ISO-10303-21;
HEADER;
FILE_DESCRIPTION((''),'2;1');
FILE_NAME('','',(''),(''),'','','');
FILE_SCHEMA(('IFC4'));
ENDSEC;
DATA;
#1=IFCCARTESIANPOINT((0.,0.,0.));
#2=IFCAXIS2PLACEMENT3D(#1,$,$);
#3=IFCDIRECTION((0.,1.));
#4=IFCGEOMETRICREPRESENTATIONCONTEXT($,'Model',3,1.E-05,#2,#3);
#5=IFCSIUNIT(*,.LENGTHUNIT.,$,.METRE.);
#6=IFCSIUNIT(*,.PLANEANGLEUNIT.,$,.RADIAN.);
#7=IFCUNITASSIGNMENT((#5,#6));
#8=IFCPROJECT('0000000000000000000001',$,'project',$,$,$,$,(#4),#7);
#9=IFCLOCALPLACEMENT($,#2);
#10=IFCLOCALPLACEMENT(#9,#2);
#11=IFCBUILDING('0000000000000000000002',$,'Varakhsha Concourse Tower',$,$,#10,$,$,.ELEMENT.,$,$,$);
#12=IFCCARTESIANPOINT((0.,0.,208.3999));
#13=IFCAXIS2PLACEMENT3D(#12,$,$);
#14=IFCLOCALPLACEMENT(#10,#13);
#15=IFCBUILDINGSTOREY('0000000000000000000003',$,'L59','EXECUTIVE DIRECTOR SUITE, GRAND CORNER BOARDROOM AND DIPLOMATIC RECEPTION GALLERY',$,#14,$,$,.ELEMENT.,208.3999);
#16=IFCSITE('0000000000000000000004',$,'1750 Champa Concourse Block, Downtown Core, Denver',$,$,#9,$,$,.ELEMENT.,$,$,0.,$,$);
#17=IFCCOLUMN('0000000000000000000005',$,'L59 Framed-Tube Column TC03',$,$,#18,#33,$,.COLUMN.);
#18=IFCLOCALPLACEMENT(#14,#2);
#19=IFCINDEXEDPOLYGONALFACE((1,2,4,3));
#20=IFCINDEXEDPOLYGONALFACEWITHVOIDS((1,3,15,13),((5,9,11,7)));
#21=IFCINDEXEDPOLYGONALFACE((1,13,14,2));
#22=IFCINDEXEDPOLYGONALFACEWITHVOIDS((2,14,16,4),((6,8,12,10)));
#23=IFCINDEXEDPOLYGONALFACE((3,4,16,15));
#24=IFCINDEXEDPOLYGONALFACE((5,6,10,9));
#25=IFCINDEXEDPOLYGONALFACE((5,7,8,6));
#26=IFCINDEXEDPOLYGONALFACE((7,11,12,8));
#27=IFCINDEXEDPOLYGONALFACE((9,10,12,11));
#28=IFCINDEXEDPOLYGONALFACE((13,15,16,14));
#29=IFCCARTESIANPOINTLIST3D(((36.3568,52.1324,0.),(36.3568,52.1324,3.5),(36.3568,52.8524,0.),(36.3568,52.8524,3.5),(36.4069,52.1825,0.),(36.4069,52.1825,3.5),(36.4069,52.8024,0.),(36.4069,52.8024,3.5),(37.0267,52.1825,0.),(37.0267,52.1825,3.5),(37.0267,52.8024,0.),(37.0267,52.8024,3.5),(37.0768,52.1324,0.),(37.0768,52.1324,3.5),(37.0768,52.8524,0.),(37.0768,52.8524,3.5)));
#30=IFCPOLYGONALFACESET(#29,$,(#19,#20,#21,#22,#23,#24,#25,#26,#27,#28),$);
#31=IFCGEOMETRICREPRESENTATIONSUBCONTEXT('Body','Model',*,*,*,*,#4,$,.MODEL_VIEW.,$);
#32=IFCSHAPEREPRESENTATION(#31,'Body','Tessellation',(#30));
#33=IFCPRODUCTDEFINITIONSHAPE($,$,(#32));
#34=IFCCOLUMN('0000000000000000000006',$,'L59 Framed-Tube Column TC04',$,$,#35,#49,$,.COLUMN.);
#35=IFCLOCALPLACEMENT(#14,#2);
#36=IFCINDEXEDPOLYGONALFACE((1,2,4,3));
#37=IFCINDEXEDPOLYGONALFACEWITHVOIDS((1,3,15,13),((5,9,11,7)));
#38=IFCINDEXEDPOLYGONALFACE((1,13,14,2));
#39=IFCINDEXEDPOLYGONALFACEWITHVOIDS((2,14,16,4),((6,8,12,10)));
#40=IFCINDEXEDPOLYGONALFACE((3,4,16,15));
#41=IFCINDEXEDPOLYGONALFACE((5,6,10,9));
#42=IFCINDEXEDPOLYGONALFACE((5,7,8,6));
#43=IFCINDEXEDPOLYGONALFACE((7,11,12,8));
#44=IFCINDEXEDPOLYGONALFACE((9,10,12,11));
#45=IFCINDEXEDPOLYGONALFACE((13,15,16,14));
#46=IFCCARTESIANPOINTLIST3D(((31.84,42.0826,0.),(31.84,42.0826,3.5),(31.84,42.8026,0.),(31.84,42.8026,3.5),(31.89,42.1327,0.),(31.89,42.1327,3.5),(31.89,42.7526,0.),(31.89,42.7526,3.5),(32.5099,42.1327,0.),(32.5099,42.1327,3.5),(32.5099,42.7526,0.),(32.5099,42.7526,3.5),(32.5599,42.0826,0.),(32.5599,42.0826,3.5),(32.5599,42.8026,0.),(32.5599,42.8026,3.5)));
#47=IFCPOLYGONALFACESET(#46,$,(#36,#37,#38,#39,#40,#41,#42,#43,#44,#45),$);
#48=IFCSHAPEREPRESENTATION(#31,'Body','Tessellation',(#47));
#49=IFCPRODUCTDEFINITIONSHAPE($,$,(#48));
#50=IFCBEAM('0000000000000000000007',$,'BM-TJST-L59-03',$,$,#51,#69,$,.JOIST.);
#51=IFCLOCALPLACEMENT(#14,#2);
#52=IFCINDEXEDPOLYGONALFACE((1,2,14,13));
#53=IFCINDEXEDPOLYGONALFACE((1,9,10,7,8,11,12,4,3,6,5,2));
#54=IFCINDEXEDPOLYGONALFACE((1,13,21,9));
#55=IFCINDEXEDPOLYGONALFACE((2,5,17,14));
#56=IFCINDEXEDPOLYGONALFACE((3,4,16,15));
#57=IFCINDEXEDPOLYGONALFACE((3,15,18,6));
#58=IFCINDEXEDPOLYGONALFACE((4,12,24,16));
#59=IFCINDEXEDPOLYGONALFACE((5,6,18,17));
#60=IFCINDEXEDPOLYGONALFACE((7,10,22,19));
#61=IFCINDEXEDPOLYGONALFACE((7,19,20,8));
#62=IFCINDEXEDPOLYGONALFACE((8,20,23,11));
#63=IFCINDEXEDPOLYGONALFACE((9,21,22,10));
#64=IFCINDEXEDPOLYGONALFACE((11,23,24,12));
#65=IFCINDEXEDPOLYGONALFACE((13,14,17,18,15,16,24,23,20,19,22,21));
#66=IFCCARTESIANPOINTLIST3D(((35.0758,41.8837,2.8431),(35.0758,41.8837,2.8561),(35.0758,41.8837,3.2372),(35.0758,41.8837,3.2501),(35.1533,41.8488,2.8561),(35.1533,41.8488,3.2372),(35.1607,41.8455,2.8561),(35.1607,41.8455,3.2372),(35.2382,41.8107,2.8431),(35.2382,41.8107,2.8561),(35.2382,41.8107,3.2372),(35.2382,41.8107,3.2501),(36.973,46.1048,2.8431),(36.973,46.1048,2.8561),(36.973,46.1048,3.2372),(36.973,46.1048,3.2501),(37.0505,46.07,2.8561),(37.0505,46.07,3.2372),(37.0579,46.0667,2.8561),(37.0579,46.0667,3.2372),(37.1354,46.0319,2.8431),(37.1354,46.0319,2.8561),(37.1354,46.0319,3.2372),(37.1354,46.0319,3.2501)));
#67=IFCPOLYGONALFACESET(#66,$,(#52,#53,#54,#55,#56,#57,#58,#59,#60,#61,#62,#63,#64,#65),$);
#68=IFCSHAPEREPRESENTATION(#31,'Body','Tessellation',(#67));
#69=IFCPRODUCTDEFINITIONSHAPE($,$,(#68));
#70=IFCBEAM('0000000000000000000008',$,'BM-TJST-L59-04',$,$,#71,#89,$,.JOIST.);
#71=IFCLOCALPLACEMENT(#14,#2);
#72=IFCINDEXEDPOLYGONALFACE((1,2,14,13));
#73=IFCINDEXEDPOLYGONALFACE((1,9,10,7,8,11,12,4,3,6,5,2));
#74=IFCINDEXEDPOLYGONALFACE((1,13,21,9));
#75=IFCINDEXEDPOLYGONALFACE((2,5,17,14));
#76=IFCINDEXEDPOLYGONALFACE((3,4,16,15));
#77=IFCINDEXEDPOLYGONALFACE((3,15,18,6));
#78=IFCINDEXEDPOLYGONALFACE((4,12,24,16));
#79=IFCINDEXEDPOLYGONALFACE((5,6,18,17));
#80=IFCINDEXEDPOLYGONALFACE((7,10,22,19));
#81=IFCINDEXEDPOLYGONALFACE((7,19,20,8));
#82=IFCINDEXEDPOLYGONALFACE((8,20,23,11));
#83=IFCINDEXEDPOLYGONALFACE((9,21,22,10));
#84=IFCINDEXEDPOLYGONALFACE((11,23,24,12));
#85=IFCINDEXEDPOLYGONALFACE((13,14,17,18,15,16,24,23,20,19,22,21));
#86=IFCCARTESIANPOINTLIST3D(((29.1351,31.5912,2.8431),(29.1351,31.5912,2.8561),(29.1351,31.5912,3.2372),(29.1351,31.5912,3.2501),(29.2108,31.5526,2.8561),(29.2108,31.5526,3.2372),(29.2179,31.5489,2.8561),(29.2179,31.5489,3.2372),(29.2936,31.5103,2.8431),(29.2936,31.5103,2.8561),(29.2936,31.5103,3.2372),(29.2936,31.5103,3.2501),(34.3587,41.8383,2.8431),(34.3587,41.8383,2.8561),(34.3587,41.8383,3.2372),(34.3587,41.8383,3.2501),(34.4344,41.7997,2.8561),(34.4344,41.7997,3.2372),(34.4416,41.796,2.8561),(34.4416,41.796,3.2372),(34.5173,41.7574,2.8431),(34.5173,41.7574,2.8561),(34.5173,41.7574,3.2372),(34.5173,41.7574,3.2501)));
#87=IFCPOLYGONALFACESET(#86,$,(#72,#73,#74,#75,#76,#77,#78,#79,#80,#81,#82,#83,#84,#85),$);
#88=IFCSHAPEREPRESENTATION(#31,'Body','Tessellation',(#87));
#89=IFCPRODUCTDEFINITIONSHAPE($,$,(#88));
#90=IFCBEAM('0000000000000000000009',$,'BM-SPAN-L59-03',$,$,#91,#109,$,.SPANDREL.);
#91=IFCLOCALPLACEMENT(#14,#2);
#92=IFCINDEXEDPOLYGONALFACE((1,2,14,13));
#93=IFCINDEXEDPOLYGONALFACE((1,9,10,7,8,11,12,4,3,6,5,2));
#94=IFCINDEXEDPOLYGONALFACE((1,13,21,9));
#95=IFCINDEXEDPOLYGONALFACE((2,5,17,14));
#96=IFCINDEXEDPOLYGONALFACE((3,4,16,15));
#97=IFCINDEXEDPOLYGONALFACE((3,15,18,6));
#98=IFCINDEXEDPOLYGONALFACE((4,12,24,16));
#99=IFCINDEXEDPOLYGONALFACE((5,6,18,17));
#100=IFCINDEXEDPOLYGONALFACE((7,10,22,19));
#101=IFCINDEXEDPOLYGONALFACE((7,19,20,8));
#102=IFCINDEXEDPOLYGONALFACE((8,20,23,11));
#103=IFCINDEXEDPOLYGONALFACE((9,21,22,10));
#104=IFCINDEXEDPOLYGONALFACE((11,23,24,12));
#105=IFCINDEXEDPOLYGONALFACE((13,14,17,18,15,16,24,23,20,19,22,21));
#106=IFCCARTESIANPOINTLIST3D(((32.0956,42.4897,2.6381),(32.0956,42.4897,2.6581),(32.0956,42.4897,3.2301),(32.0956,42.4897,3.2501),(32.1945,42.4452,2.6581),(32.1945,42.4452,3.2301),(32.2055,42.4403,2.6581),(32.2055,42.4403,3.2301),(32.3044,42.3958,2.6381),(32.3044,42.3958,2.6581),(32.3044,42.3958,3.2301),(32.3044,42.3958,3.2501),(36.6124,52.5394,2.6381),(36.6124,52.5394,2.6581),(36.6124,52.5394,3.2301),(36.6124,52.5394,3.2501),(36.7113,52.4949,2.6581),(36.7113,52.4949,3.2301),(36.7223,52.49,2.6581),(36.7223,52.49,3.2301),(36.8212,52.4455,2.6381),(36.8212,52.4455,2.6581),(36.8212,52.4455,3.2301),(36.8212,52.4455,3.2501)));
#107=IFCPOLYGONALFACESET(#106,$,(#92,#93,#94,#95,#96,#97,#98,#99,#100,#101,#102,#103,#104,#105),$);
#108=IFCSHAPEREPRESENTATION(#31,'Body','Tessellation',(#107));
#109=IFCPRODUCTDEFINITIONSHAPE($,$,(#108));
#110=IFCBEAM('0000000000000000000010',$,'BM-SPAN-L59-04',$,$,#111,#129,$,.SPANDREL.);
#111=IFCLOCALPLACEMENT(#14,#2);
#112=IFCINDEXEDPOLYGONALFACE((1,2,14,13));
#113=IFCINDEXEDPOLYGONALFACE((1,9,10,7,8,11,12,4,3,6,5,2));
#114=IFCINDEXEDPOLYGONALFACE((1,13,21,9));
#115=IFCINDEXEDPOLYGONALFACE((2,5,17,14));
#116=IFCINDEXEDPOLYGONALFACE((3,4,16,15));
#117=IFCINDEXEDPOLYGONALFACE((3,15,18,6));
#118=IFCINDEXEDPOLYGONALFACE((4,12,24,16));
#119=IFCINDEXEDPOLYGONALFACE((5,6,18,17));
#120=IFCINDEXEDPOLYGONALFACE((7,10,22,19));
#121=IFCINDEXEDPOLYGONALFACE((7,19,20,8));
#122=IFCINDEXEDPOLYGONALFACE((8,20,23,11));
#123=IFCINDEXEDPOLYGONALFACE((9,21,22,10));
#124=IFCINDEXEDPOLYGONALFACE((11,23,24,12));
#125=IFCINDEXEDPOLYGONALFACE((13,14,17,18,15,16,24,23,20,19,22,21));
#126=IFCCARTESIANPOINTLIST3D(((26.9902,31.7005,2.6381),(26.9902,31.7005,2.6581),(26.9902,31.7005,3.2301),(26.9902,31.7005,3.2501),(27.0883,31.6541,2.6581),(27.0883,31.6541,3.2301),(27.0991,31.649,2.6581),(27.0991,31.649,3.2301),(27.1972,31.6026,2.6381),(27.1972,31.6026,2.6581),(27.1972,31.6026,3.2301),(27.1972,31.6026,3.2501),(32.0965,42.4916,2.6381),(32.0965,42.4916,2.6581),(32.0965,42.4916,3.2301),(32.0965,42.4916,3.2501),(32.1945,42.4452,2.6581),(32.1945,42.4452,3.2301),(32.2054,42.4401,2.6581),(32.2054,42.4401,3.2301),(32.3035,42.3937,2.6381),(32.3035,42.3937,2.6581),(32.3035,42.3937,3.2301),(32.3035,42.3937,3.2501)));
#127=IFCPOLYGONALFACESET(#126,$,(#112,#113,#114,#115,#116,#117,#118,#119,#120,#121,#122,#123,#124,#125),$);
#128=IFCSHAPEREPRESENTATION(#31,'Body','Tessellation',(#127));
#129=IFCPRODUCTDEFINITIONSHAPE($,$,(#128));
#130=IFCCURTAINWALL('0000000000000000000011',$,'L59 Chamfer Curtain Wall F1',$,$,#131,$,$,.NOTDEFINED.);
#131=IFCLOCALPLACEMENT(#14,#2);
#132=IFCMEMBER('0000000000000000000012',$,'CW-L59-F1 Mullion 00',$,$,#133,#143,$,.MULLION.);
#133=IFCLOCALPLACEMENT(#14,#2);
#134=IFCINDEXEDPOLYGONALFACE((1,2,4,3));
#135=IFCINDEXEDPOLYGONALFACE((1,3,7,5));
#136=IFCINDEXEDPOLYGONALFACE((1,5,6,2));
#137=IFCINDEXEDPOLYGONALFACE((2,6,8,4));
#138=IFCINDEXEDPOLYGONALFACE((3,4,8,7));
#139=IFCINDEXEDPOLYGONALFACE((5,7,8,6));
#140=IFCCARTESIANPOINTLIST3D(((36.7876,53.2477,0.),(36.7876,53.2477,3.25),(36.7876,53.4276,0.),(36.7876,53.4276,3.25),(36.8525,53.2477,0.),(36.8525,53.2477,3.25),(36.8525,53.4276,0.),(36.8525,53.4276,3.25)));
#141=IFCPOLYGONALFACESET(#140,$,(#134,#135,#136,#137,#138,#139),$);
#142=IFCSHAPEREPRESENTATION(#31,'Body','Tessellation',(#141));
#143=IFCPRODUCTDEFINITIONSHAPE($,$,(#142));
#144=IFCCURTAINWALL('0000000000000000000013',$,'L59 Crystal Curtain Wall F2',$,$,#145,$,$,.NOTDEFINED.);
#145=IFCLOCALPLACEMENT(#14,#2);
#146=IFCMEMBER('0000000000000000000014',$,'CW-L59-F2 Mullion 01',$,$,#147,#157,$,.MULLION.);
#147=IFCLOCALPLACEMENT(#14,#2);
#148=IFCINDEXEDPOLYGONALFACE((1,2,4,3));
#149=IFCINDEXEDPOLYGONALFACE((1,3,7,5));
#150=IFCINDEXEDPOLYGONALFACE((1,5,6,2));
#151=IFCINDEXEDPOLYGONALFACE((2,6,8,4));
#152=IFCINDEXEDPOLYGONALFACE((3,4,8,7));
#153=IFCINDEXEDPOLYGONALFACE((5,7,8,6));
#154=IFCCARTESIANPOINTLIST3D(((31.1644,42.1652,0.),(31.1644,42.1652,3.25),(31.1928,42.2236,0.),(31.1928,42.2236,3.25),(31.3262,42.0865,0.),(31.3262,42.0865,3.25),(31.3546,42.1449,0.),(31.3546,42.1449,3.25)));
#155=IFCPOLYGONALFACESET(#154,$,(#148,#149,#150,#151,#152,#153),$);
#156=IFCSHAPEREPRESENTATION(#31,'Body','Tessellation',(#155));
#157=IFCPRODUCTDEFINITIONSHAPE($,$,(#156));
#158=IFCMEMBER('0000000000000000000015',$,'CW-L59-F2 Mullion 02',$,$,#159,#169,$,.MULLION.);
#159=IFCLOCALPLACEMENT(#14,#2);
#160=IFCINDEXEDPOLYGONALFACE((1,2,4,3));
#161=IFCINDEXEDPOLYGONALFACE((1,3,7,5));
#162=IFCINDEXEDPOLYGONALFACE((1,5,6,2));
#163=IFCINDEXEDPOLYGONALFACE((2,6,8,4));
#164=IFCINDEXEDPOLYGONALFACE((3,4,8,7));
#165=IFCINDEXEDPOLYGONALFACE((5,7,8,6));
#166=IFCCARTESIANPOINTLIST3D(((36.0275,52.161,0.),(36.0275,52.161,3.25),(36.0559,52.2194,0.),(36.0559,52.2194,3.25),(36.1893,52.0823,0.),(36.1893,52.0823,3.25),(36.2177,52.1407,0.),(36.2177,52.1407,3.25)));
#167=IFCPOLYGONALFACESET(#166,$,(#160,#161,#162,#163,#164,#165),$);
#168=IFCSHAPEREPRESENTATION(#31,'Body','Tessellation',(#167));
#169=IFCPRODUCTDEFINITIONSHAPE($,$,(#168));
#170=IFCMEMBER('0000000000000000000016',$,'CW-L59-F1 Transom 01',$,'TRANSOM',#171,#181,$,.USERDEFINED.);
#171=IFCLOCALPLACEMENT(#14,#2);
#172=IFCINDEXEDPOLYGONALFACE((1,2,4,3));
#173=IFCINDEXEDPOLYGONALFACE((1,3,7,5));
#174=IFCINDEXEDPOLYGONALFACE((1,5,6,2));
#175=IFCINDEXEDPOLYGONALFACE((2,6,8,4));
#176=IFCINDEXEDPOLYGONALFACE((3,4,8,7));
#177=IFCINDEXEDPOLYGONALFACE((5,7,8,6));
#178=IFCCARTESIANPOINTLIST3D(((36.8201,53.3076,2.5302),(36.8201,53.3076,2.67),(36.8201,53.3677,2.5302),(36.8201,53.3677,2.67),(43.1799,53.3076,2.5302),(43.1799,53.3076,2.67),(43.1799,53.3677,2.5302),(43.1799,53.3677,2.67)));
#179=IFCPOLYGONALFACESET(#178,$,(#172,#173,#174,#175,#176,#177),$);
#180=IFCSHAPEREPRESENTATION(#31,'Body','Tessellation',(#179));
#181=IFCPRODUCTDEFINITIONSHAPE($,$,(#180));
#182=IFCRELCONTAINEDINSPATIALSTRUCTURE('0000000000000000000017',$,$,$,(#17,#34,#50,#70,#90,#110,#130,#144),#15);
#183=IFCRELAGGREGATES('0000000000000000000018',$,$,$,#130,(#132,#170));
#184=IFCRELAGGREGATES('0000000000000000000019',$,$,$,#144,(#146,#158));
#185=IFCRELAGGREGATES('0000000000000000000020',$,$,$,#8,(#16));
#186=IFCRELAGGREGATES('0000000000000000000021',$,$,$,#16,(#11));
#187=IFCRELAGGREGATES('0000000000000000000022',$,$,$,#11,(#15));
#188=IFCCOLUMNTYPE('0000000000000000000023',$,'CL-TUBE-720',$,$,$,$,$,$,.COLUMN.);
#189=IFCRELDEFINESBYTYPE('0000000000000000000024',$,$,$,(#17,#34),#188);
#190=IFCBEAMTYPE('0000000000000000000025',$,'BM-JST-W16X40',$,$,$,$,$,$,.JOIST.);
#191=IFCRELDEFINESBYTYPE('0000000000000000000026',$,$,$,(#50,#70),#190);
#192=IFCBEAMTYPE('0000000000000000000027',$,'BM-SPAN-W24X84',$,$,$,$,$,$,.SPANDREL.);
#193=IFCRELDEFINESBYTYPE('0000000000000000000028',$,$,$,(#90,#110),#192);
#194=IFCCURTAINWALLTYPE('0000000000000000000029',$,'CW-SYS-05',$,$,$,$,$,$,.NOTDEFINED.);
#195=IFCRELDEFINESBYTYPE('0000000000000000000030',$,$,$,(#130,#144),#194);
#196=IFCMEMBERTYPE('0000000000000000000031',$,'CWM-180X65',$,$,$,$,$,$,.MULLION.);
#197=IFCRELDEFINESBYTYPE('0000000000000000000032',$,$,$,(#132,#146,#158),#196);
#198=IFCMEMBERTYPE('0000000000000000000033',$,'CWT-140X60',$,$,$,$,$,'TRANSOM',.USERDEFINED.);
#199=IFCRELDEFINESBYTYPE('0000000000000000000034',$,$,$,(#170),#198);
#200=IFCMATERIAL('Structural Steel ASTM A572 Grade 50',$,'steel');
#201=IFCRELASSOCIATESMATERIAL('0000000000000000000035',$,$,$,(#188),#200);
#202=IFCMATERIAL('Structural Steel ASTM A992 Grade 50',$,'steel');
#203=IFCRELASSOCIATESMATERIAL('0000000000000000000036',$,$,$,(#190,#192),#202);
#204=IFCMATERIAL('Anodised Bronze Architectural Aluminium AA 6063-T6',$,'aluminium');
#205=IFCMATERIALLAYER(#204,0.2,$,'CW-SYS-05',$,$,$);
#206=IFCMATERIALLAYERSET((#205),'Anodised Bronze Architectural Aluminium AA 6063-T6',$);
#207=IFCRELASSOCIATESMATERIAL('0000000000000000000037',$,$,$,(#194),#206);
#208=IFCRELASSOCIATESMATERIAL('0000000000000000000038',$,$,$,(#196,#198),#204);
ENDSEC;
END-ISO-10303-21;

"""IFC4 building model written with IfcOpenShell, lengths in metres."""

from ifc_helpers import new_model, si_unit, direction, frame, origin, origin_2d, place, context, subcontext, project, spatial, rectangle, hollow_rectangle, i_section, extrude, source, transform, mapped, material, layer, layer_set, material_profile, profile_set, type_object, type_shapes, element, aggregate, save


model = new_model("IFC4")

# Units and contexts
model_context = context("Model", 3, precision=1e-05, world=origin(), true_north=direction((0.0, 1.0)))
body_context = subcontext(model_context, "Body", "Model", "MODEL_VIEW")
ifc_project = project(units=[si_unit("LENGTHUNIT", "METRE"), si_unit("PLANEANGLEUNIT", "RADIAN")], contexts=[model_context])

# Site, building, storey
site_placement = place(None, origin())
site = spatial("IfcSite", under=ifc_project, at=site_placement, Name="1750 Champa Concourse Block, Downtown Core, Denver", CompositionType="ELEMENT", RefElevation=0.0)
building_placement = place(site_placement, origin())
building = spatial("IfcBuilding", under=site, at=building_placement, Name="Varakhsha Concourse Tower", CompositionType="ELEMENT")
storey_placement = place(building_placement, frame((0.0, 0.0, 208.3999)))
storey = spatial("IfcBuildingStorey", under=building, at=storey_placement, Name="L59", Description="EXECUTIVE DIRECTOR SUITE, GRAND CORNER BOARDROOM AND DIPLOMATIC RECEPTION GALLERY", CompositionType="ELEMENT", Elevation=208.3999)

# Columns
ifc_material_1 = material(Name="Structural Steel ASTM A572 Grade 50", Category="steel")
ifc_material_profile_1 = material_profile(ifc_material_1, hollow_rectangle(XDim=0.72, YDim=0.72, WallThickness=0.05, at=origin_2d()), Name="BOX 720x720x50")
ifc_profile_set_1 = profile_set([ifc_material_profile_1], Name="Structural Steel ASTM A572 Grade 50")
column_type = type_object("IfcColumnType", Name="CL-TUBE-720", PredefinedType="COLUMN", material=ifc_profile_set_1)
for number, where, z_axis, x_axis, name in (
    (1, (36.7168, 52.4924, 0.0), (0.0, 0.0, 1.0), (1.0, 0.0, 0.0), "L59 Framed-Tube Column TC03"),
    (2, (32.2, 42.4426, 0.0), (0.0, 0.0, 1.0), (1.0, 0.0, 0.0), "L59 Framed-Tube Column TC04"),
):
    element("IfcColumn", number, at=place(storey_placement, frame(where, z_axis=z_axis, x_axis=x_axis)), inside=storey, type_object=column_type, Name=name, PredefinedType="COLUMN", context=body_context, shape_type="SweptSolid", body=[
        extrude(hollow_rectangle(XDim=0.72, YDim=0.72, WallThickness=0.05, at=origin_2d()), origin(), (0.0, 0.0, 1.0), 3.5),
    ])

# Beams
ifc_material_2 = material(Name="Structural Steel ASTM A992 Grade 50", Category="steel")
ifc_material_profile_2 = material_profile(ifc_material_2, i_section(OverallWidth=0.178, OverallDepth=0.407, WebThickness=0.0081, FlangeThickness=0.0129, at=origin_2d()), Name="W16X40")
ifc_profile_set_2 = profile_set([ifc_material_profile_2], Name="Structural Steel ASTM A992 Grade 50")
beam_type_1 = type_object("IfcBeamType", Name="BM-JST-W16X40", PredefinedType="JOIST", material=ifc_profile_set_2)
beam_1_placement = place(storey_placement, frame((37.0542, 46.0684, 3.0466), z_axis=(-0.409948, -0.912109, 0.0), x_axis=(0.912109, -0.409948, 0.0)))
element("IfcBeam", 3, at=beam_1_placement, inside=storey, type_object=beam_type_1, Name="BM-TJST-L59-03", PredefinedType="JOIST", context=body_context, shape_type="SweptSolid", body=[
    extrude(i_section(OverallWidth=0.178, OverallDepth=0.407, WebThickness=0.0081, FlangeThickness=0.0129, at=origin_2d()), origin(), (0.0, 0.0, 1.0), 4.6279),
])
beam_2_placement = place(storey_placement, frame((34.438, 41.7979, 3.0466), z_axis=(-0.454162, -0.890919, 0.0), x_axis=(0.890919, -0.454162, 0.0)))
element("IfcBeam", 4, at=beam_2_placement, inside=storey, type_object=beam_type_1, Name="BM-TJST-L59-04", PredefinedType="JOIST", context=body_context, shape_type="SweptSolid", body=[
    extrude(i_section(OverallWidth=0.178, OverallDepth=0.407, WebThickness=0.0081, FlangeThickness=0.0129, at=origin_2d()), origin(), (0.0, 0.0, 1.0), 11.5017),
])
ifc_material_profile_3 = material_profile(ifc_material_2, i_section(OverallWidth=0.229, OverallDepth=0.6121, WebThickness=0.012, FlangeThickness=0.02, at=origin_2d()), Name="W24X84")
ifc_profile_set_3 = profile_set([ifc_material_profile_3], Name="Structural Steel ASTM A992 Grade 50")
beam_type_2 = type_object("IfcBeamType", Name="BM-SPAN-W24X84", PredefinedType="SPANDREL", material=ifc_profile_set_3)
beam_3_placement = place(storey_placement, frame((36.7168, 52.4924, 2.9441), z_axis=(-0.409945, -0.91211, 0.0), x_axis=(0.91211, -0.409945, 0.0)))
element("IfcBeam", 5, at=beam_3_placement, inside=storey, type_object=beam_type_2, Name="BM-SPAN-L59-03", PredefinedType="SPANDREL", context=body_context, shape_type="SweptSolid", body=[
    extrude(i_section(OverallWidth=0.229, OverallDepth=0.6121, WebThickness=0.012, FlangeThickness=0.02, at=origin_2d()), origin(), (0.0, 0.0, 1.0), 11.0181),
])
beam_4_placement = place(storey_placement, frame((32.2, 42.4426, 2.9441), z_axis=(-0.427721, -0.903911, 0.0), x_axis=(0.903911, -0.427721, 0.0)))
element("IfcBeam", 6, at=beam_4_placement, inside=storey, type_object=beam_type_2, Name="BM-SPAN-L59-04", PredefinedType="SPANDREL", context=body_context, shape_type="SweptSolid", body=[
    extrude(i_section(OverallWidth=0.229, OverallDepth=0.6121, WebThickness=0.012, FlangeThickness=0.02, at=origin_2d()), origin(), (0.0, 0.0, 1.0), 11.9382),
])

# Curtain wall, member
ifc_material_3 = material(Name="Anodised Bronze Architectural Aluminium AA 6063-T6", Category="aluminium")
ifc_layer_1 = layer(ifc_material_3, 0.2, Name="CW-SYS-05")
ifc_layer_set_1 = layer_set([ifc_layer_1], Name="Anodised Bronze Architectural Aluminium AA 6063-T6")
curtain_wall_type = type_object("IfcCurtainWallType", Name="CW-SYS-05", PredefinedType="NOTDEFINED", material=ifc_layer_set_1)
curtain_wall_1_placement = place(storey_placement, origin())
curtain_wall_1 = element("IfcCurtainWall", 7, at=curtain_wall_1_placement, inside=storey, type_object=curtain_wall_type, Name="L59 Chamfer Curtain Wall F1", PredefinedType="NOTDEFINED")
ifc_material_profile_4 = material_profile(ifc_material_3, rectangle(XDim=0.0649, YDim=0.1799, at=origin_2d()), Name="CWM-180X65")
ifc_profile_set_4 = profile_set([ifc_material_profile_4], Name="Anodised Bronze Architectural Aluminium AA 6063-T6")
member_type_1 = type_object("IfcMemberType", Name="CWM-180X65", PredefinedType="MULLION", material=ifc_profile_set_4)
shared_shape_1 = source(origin(), body_context, "Body", "SweptSolid", [
    extrude(rectangle(XDim=0.0649, YDim=0.1799, at=origin_2d()), origin(), (0.0, 0.0, 1.0), 3.25),
])
type_shapes(member_type_1, [shared_shape_1])
member_1_placement = place(storey_placement, frame((36.8201, 53.3376, 0.0), z_axis=(0.0, 0.0, 1.0), x_axis=(1.0, 0.0, 0.0)))
member_1 = element("IfcMember", 8, at=member_1_placement, type_object=member_type_1, Name="CW-L59-F1 Mullion 00", PredefinedType="MULLION", context=body_context, shape_type="MappedRepresentation", body=[
    mapped(shared_shape_1, transform((0.0, 0.0, 0.0), scale=1.0)),
])

# Curtain wall, members
curtain_wall_2_placement = place(storey_placement, origin())
curtain_wall_2 = element("IfcCurtainWall", 9, at=curtain_wall_2_placement, inside=storey, type_object=curtain_wall_type, Name="L59 Crystal Curtain Wall F2", PredefinedType="NOTDEFINED")
member_2_placement = place(storey_placement, frame((31.2595, 42.155, 0.0), z_axis=(0.0, 0.0, 1.0), x_axis=(0.437497, 0.89922, 0.0)))
member_2 = element("IfcMember", 10, at=member_2_placement, type_object=member_type_1, Name="CW-L59-F2 Mullion 01", PredefinedType="MULLION", context=body_context, shape_type="MappedRepresentation", body=[
    mapped(shared_shape_1, transform((0.0, 0.0, 0.0), scale=1.0)),
])
member_3_placement = place(storey_placement, frame((36.1226, 52.1509, 0.0), z_axis=(0.0, 0.0, 1.0), x_axis=(0.437497, 0.89922, 0.0)))
member_3 = element("IfcMember", 11, at=member_3_placement, type_object=member_type_1, Name="CW-L59-F2 Mullion 02", PredefinedType="MULLION", context=body_context, shape_type="MappedRepresentation", body=[
    mapped(shared_shape_1, transform((0.0, 0.0, 0.0), scale=1.0)),
])

# Member
ifc_material_profile_5 = material_profile(ifc_material_3, rectangle(XDim=0.0601, YDim=0.1399, at=origin_2d()), Name="CWT-140X60")
ifc_profile_set_5 = profile_set([ifc_material_profile_5], Name="Anodised Bronze Architectural Aluminium AA 6063-T6")
member_type_2 = type_object("IfcMemberType", Name="CWT-140X60", ElementType="TRANSOM", PredefinedType="USERDEFINED", material=ifc_profile_set_5)
shared_shape_2 = source(origin(), body_context, "Body", "SweptSolid", [
    extrude(rectangle(XDim=0.0601, YDim=0.1399, at=origin_2d()), origin(), (0.0, 0.0, 1.0), 6.3599),
])
type_shapes(member_type_2, [shared_shape_2])
member_4_placement = place(storey_placement, frame((36.8201, 53.3376, 2.6001), z_axis=(1.0, 0.0, 0.0), x_axis=(0.0, 1.0, 0.0)))
member_4 = element("IfcMember", 12, at=member_4_placement, type_object=member_type_2, Name="CW-L59-F1 Transom 01", ObjectType="TRANSOM", PredefinedType="USERDEFINED", context=body_context, shape_type="MappedRepresentation", body=[
    mapped(shared_shape_2, transform((0.0, 0.0, 0.0), scale=1.0)),
])
aggregate(curtain_wall_1, [member_1, member_4])

aggregate(curtain_wall_2, [member_2, member_3])

save(model, "model.ifc")
